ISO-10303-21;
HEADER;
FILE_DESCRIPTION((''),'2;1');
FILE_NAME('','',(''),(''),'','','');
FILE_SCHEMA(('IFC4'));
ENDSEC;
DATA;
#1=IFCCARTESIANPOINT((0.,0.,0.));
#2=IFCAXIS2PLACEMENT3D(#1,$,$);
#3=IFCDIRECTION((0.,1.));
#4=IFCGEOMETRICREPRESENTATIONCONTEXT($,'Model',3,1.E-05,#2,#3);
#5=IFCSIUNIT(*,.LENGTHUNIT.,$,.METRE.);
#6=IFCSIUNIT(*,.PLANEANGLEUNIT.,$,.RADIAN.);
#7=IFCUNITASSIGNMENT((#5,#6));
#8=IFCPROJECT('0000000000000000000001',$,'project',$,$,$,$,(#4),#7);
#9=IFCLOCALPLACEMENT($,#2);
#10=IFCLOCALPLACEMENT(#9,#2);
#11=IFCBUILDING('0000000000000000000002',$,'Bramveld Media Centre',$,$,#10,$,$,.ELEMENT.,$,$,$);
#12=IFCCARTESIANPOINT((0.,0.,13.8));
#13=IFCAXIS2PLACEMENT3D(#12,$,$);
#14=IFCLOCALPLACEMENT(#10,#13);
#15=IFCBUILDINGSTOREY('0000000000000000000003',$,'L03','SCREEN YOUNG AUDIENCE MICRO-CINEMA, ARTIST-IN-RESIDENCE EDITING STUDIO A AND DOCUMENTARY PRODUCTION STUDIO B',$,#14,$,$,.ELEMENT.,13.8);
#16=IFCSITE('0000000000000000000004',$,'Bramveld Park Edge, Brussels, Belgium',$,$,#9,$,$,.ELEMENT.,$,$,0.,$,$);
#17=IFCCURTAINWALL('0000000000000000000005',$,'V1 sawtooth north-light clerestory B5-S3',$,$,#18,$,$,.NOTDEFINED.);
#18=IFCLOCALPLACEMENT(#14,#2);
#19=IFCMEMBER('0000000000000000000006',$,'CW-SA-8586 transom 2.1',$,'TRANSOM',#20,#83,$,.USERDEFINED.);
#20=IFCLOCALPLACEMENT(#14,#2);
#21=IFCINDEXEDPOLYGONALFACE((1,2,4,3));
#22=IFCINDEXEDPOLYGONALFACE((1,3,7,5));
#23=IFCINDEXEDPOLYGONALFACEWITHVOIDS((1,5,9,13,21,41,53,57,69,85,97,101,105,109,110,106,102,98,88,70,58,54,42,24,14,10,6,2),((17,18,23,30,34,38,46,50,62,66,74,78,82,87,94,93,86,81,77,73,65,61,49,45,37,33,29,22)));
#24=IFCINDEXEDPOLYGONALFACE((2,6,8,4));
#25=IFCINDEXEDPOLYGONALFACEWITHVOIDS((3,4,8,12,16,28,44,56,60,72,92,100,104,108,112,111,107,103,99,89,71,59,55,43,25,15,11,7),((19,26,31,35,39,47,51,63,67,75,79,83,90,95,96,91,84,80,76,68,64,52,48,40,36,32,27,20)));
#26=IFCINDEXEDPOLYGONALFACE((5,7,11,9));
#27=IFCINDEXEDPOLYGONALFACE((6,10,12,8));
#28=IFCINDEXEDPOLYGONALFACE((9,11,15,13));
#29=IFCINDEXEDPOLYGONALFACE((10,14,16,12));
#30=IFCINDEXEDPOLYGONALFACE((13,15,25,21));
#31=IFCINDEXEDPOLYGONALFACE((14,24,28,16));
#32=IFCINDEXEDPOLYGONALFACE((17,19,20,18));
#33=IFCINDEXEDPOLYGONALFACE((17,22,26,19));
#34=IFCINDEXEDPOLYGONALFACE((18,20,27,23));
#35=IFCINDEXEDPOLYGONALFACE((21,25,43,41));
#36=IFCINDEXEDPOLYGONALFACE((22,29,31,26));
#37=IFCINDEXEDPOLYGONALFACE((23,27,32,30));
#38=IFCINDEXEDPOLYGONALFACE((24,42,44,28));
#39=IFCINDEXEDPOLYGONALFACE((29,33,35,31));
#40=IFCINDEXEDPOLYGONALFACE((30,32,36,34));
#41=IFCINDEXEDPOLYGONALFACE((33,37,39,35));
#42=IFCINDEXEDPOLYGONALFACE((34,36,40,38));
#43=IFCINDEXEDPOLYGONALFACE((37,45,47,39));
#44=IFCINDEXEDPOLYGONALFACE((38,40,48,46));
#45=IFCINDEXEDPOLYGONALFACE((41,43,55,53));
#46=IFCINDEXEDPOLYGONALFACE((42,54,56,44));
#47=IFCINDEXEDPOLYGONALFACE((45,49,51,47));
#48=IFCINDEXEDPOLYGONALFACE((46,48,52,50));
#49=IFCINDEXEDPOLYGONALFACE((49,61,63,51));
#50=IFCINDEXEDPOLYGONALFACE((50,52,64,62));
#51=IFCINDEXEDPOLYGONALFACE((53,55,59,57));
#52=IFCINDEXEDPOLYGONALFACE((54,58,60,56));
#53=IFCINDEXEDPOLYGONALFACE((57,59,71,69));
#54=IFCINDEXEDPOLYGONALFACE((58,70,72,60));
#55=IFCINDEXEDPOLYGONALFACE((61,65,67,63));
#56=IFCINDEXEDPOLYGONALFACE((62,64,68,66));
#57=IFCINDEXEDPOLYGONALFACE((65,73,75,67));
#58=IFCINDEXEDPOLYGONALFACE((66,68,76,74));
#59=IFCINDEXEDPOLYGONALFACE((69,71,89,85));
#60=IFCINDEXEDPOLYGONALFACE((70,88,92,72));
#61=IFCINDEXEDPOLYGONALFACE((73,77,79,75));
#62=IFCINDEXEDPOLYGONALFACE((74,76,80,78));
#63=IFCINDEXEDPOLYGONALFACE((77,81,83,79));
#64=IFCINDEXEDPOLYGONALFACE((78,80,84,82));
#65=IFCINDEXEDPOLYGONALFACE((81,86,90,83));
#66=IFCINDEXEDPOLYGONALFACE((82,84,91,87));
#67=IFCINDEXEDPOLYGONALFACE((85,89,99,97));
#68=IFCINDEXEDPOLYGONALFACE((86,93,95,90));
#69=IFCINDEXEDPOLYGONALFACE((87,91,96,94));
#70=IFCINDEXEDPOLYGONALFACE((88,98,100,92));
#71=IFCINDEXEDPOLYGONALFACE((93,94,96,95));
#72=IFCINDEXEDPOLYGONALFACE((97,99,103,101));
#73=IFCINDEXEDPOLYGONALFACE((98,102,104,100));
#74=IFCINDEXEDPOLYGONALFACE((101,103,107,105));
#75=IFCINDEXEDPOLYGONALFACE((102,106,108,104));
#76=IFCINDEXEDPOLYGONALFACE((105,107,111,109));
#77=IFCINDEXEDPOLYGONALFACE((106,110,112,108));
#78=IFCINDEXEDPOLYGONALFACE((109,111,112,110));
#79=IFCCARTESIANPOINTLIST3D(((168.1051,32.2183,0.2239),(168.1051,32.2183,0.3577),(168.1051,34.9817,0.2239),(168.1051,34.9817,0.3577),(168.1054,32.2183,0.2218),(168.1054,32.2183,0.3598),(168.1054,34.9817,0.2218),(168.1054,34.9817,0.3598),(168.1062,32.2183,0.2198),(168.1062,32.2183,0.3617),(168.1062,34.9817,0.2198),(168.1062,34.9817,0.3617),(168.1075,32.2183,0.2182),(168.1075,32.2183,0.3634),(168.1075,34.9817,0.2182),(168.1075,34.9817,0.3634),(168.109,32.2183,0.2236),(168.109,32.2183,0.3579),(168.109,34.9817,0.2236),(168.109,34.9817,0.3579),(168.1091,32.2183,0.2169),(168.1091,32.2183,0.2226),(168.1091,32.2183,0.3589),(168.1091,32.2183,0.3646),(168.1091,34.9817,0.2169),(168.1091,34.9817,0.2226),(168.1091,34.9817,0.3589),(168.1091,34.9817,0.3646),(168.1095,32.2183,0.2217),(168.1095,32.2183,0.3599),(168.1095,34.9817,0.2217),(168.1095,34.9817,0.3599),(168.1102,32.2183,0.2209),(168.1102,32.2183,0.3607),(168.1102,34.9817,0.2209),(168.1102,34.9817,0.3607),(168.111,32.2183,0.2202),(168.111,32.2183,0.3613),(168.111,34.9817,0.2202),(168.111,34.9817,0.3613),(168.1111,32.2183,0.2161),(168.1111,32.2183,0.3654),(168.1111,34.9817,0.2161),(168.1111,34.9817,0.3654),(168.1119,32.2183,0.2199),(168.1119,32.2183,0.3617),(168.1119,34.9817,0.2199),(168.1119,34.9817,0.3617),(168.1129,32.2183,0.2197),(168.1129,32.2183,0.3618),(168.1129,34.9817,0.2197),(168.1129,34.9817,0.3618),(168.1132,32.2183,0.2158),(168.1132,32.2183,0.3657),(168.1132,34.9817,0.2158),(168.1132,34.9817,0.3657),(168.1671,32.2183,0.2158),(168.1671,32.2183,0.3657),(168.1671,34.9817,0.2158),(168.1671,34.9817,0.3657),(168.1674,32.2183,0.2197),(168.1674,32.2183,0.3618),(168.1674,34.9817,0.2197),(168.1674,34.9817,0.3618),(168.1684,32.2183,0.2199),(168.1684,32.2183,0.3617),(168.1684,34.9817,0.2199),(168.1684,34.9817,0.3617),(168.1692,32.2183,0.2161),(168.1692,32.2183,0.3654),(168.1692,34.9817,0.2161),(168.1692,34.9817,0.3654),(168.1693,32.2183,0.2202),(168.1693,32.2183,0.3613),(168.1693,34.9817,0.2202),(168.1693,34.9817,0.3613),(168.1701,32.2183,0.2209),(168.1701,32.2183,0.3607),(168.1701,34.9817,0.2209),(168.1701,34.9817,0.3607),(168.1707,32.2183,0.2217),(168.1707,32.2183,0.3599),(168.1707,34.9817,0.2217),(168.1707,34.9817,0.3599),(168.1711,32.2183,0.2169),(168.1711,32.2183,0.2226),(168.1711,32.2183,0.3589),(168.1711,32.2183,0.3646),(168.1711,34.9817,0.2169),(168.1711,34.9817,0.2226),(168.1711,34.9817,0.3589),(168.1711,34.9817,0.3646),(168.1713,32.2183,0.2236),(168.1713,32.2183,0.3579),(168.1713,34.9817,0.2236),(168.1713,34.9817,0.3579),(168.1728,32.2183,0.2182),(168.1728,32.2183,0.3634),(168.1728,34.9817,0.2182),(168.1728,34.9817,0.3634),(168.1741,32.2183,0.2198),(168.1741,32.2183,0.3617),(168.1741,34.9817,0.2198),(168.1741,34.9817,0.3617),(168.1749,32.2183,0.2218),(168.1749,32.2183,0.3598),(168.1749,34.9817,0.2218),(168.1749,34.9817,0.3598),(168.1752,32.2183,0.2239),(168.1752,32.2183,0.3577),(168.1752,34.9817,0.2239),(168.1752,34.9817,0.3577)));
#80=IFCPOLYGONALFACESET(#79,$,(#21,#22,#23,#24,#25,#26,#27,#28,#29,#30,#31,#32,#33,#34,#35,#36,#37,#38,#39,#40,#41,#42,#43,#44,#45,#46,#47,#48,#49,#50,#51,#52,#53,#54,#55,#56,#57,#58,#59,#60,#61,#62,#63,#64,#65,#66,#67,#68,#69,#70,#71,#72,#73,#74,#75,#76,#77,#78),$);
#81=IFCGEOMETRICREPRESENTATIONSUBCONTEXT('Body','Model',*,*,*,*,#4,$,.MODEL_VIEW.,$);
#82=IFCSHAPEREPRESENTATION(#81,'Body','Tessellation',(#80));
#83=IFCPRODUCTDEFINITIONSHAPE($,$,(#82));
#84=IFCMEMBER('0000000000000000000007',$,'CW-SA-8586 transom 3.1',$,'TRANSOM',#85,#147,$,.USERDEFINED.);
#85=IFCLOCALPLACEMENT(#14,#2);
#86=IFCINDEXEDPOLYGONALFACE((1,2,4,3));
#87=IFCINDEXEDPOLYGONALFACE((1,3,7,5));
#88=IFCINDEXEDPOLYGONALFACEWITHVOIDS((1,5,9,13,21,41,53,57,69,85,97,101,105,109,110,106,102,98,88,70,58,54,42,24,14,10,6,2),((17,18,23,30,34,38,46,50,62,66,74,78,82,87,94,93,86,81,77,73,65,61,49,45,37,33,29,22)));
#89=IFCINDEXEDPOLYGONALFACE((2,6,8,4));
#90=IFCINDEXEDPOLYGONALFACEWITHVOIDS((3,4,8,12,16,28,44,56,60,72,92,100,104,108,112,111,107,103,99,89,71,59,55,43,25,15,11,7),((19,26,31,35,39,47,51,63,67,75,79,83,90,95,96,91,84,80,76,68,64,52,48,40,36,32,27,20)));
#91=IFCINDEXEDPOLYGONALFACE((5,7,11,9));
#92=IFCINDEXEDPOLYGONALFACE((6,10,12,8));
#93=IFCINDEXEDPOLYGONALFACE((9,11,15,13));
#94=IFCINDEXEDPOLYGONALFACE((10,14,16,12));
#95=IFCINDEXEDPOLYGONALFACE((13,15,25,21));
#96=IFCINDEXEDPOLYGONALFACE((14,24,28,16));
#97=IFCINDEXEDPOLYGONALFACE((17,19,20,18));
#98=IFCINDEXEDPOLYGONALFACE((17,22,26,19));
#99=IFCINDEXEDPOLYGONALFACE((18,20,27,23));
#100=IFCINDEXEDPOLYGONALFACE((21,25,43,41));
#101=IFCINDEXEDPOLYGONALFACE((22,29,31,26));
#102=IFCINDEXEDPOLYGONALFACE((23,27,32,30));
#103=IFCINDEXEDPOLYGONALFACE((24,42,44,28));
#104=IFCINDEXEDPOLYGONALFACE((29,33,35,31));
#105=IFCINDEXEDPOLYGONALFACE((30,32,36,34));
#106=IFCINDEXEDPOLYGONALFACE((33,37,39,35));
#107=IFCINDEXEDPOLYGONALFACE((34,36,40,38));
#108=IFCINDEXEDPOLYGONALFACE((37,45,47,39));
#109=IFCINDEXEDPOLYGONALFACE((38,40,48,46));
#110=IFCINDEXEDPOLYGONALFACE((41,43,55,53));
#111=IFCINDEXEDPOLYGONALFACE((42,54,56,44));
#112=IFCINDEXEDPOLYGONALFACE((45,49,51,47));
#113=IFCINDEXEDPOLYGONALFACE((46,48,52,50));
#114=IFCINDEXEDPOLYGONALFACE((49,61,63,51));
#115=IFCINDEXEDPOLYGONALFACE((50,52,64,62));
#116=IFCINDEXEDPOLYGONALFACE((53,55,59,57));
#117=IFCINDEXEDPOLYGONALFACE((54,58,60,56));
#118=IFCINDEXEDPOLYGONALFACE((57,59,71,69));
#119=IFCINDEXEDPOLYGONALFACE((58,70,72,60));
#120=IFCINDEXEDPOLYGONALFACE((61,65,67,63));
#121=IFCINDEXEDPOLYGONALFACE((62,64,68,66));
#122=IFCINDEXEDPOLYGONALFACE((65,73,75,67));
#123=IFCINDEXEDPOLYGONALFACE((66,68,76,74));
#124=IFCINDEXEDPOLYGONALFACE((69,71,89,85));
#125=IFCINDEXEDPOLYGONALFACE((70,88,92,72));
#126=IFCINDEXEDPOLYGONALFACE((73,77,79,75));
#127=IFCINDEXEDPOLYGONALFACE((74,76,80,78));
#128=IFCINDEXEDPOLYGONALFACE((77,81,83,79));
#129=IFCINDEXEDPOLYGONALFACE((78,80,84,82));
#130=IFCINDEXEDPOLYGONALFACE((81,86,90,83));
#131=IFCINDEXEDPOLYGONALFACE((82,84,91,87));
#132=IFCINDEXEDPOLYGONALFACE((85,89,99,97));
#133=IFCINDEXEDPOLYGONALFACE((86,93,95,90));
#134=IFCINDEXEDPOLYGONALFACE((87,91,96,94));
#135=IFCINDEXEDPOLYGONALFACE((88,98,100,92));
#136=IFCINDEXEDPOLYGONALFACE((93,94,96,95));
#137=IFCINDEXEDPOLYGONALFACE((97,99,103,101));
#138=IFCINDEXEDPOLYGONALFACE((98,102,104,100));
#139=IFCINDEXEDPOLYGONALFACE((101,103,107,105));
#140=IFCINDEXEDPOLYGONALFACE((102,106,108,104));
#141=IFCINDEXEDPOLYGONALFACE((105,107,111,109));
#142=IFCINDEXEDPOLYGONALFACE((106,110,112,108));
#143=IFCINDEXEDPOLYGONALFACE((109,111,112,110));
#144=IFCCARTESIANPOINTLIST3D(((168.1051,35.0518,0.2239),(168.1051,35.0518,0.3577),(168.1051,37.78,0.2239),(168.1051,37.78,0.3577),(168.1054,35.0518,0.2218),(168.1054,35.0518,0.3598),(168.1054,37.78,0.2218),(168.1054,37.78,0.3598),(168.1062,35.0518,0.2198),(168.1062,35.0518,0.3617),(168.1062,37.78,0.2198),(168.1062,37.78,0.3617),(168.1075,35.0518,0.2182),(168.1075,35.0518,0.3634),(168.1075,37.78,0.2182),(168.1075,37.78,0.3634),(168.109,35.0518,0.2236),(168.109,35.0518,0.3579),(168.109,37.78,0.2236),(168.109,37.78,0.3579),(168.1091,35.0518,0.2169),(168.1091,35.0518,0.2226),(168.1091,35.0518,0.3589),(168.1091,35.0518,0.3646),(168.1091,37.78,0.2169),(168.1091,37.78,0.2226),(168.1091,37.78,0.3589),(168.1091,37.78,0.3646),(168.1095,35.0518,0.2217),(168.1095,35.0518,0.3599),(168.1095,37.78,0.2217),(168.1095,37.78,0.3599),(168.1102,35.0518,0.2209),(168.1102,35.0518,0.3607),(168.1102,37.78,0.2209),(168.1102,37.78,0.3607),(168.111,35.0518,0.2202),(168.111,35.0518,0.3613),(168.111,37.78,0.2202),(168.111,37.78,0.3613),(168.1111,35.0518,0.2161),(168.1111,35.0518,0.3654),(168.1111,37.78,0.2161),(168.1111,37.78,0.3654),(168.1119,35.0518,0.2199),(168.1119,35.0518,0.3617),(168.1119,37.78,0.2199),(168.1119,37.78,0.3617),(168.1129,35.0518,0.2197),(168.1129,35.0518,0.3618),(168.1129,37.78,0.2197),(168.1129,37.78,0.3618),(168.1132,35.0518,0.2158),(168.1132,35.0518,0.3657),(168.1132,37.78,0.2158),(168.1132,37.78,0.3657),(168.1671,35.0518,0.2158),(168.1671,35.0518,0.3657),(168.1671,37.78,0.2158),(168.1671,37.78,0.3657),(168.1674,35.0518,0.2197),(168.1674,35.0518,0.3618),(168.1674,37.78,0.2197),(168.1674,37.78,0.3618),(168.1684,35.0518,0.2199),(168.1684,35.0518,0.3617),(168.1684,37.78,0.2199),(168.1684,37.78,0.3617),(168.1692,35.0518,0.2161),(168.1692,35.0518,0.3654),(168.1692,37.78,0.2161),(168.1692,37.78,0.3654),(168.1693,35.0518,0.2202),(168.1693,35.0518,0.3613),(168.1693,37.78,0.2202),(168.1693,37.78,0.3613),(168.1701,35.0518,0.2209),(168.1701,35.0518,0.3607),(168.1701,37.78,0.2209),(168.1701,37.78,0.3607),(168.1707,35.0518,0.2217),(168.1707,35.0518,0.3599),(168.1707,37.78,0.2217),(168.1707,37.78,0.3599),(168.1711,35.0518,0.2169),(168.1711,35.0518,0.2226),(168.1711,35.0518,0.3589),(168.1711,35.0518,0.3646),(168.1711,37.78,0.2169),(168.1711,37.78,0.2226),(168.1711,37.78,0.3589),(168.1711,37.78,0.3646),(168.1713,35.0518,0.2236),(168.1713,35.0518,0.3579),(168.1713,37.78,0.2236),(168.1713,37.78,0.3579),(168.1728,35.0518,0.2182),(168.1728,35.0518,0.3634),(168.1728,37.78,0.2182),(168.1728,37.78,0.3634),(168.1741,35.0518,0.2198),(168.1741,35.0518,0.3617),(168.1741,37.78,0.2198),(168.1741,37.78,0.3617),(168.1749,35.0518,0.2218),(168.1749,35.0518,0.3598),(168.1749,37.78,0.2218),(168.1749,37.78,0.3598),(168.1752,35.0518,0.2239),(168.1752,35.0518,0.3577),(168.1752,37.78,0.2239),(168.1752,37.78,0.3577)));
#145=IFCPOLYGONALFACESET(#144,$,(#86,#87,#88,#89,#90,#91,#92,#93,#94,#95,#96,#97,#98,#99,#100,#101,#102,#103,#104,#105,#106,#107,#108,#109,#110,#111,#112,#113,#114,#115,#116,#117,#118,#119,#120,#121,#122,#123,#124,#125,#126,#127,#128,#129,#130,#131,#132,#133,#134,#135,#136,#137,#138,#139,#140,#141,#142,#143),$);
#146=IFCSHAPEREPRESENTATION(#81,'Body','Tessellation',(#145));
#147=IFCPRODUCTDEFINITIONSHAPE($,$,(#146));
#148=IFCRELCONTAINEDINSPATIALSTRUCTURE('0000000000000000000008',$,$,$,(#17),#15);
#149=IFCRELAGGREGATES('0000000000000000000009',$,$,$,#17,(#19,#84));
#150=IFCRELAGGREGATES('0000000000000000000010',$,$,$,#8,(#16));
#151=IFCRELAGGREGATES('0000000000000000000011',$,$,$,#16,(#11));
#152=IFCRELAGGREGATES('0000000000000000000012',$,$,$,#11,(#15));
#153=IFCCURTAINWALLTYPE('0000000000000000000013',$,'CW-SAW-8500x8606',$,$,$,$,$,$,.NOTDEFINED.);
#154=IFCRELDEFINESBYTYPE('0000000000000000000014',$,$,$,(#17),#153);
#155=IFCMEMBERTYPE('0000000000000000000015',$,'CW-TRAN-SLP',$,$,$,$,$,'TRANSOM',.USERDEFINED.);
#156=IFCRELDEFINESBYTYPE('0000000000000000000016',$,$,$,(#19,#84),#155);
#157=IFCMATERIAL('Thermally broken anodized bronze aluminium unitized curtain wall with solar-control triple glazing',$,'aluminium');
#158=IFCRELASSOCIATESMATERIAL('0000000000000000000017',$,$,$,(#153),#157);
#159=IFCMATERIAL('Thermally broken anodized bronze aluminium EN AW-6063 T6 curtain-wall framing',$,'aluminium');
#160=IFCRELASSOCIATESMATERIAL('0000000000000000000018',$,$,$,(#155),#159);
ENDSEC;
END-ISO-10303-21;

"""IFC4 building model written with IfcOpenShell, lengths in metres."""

from ifc_helpers import new_model, si_unit, direction, frame, origin, origin_2d, place, context, subcontext, project, spatial, hollow_rectangle, extrude, material, material_profile, profile_set, type_object, element, aggregate, save


model = new_model("IFC4")

# Units and contexts
model_context = context("Model", 3, precision=1e-05, world=origin(), true_north=direction((0.0, 1.0)))
body_context = subcontext(model_context, "Body", "Model", "MODEL_VIEW")
ifc_project = project(units=[si_unit("LENGTHUNIT", "METRE"), si_unit("PLANEANGLEUNIT", "RADIAN")], contexts=[model_context])

# Site, building, storey
site_placement = place(None, origin())
site = spatial("IfcSite", under=ifc_project, at=site_placement, Name="Bramveld Park Edge, Brussels, Belgium", CompositionType="ELEMENT", RefElevation=0.0)
building_placement = place(site_placement, origin())
building = spatial("IfcBuilding", under=site, at=building_placement, Name="Bramveld Media Centre", CompositionType="ELEMENT")
storey_placement = place(building_placement, frame((0.0, 0.0, 13.8)))
storey = spatial("IfcBuildingStorey", under=building, at=storey_placement, Name="L03", Description="SCREEN YOUNG AUDIENCE MICRO-CINEMA, ARTIST-IN-RESIDENCE EDITING STUDIO A AND DOCUMENTARY PRODUCTION STUDIO B", CompositionType="ELEMENT", Elevation=13.8)

# Curtain wall
ifc_material_1 = material(Name="Thermally broken anodized bronze aluminium unitized curtain wall with solar-control triple glazing", Category="aluminium")
curtain_wall_type_1 = type_object("IfcCurtainWallType", Name="CW-SAW-8500x8606", PredefinedType="NOTDEFINED", material=ifc_material_1)
curtain_wall_1_placement = place(storey_placement, origin())
curtain_wall_1 = element("IfcCurtainWall", 1, at=curtain_wall_1_placement, inside=storey, type_object=curtain_wall_type_1, Name="V1 sawtooth north-light clerestory B5-S3", PredefinedType="NOTDEFINED")

# Members
ifc_material_2 = material(Name="Thermally broken anodized bronze aluminium EN AW-6063 T6 curtain-wall framing", Category="aluminium")
ifc_material_profile_1 = material_profile(ifc_material_2, hollow_rectangle(XDim=0.0701, YDim=0.1499, WallThickness=0.0039, InnerFilletRadius=0.0039, OuterFilletRadius=0.0081, at=origin_2d()), Name="AL-TRAN 70x150")
ifc_profile_set_1 = profile_set([ifc_material_profile_1], Name="Thermally broken anodized bronze aluminium EN AW-6063 T6 curtain-wall framing")
member_type_1 = type_object("IfcMemberType", Name="CW-TRAN-SLP", ElementType="TRANSOM", PredefinedType="USERDEFINED", material=ifc_profile_set_1)
member_1_placement = place(storey_placement, frame((168.1401, 32.2183, 0.2908), z_axis=(0.0, 1.0, 0.0), x_axis=(-1.0, 0.0, 0.0)))
member_1 = element("IfcMember", 2, at=member_1_placement, type_object=member_type_1, Name="CW-SA-8586 transom 2.1", ObjectType="TRANSOM", PredefinedType="USERDEFINED", context=body_context, shape_type="SweptSolid", body=[
    extrude(hollow_rectangle(XDim=0.0701, YDim=0.1499, WallThickness=0.0039, InnerFilletRadius=0.0039, OuterFilletRadius=0.0081, at=origin_2d()), origin(), (0.0, 0.0, 1.0), 2.7634),
])
member_2_placement = place(storey_placement, frame((168.1401, 35.0518, 0.2908), z_axis=(0.0, 1.0, 0.0), x_axis=(-1.0, 0.0, 0.0)))
member_2 = element("IfcMember", 3, at=member_2_placement, type_object=member_type_1, Name="CW-SA-8586 transom 3.1", ObjectType="TRANSOM", PredefinedType="USERDEFINED", context=body_context, shape_type="SweptSolid", body=[
    extrude(hollow_rectangle(XDim=0.0701, YDim=0.1499, WallThickness=0.0039, InnerFilletRadius=0.0039, OuterFilletRadius=0.0081, at=origin_2d()), origin(), (0.0, 0.0, 1.0), 2.7283),
])
aggregate(curtain_wall_1, [member_1, member_2])

save(model, "model.ifc")
